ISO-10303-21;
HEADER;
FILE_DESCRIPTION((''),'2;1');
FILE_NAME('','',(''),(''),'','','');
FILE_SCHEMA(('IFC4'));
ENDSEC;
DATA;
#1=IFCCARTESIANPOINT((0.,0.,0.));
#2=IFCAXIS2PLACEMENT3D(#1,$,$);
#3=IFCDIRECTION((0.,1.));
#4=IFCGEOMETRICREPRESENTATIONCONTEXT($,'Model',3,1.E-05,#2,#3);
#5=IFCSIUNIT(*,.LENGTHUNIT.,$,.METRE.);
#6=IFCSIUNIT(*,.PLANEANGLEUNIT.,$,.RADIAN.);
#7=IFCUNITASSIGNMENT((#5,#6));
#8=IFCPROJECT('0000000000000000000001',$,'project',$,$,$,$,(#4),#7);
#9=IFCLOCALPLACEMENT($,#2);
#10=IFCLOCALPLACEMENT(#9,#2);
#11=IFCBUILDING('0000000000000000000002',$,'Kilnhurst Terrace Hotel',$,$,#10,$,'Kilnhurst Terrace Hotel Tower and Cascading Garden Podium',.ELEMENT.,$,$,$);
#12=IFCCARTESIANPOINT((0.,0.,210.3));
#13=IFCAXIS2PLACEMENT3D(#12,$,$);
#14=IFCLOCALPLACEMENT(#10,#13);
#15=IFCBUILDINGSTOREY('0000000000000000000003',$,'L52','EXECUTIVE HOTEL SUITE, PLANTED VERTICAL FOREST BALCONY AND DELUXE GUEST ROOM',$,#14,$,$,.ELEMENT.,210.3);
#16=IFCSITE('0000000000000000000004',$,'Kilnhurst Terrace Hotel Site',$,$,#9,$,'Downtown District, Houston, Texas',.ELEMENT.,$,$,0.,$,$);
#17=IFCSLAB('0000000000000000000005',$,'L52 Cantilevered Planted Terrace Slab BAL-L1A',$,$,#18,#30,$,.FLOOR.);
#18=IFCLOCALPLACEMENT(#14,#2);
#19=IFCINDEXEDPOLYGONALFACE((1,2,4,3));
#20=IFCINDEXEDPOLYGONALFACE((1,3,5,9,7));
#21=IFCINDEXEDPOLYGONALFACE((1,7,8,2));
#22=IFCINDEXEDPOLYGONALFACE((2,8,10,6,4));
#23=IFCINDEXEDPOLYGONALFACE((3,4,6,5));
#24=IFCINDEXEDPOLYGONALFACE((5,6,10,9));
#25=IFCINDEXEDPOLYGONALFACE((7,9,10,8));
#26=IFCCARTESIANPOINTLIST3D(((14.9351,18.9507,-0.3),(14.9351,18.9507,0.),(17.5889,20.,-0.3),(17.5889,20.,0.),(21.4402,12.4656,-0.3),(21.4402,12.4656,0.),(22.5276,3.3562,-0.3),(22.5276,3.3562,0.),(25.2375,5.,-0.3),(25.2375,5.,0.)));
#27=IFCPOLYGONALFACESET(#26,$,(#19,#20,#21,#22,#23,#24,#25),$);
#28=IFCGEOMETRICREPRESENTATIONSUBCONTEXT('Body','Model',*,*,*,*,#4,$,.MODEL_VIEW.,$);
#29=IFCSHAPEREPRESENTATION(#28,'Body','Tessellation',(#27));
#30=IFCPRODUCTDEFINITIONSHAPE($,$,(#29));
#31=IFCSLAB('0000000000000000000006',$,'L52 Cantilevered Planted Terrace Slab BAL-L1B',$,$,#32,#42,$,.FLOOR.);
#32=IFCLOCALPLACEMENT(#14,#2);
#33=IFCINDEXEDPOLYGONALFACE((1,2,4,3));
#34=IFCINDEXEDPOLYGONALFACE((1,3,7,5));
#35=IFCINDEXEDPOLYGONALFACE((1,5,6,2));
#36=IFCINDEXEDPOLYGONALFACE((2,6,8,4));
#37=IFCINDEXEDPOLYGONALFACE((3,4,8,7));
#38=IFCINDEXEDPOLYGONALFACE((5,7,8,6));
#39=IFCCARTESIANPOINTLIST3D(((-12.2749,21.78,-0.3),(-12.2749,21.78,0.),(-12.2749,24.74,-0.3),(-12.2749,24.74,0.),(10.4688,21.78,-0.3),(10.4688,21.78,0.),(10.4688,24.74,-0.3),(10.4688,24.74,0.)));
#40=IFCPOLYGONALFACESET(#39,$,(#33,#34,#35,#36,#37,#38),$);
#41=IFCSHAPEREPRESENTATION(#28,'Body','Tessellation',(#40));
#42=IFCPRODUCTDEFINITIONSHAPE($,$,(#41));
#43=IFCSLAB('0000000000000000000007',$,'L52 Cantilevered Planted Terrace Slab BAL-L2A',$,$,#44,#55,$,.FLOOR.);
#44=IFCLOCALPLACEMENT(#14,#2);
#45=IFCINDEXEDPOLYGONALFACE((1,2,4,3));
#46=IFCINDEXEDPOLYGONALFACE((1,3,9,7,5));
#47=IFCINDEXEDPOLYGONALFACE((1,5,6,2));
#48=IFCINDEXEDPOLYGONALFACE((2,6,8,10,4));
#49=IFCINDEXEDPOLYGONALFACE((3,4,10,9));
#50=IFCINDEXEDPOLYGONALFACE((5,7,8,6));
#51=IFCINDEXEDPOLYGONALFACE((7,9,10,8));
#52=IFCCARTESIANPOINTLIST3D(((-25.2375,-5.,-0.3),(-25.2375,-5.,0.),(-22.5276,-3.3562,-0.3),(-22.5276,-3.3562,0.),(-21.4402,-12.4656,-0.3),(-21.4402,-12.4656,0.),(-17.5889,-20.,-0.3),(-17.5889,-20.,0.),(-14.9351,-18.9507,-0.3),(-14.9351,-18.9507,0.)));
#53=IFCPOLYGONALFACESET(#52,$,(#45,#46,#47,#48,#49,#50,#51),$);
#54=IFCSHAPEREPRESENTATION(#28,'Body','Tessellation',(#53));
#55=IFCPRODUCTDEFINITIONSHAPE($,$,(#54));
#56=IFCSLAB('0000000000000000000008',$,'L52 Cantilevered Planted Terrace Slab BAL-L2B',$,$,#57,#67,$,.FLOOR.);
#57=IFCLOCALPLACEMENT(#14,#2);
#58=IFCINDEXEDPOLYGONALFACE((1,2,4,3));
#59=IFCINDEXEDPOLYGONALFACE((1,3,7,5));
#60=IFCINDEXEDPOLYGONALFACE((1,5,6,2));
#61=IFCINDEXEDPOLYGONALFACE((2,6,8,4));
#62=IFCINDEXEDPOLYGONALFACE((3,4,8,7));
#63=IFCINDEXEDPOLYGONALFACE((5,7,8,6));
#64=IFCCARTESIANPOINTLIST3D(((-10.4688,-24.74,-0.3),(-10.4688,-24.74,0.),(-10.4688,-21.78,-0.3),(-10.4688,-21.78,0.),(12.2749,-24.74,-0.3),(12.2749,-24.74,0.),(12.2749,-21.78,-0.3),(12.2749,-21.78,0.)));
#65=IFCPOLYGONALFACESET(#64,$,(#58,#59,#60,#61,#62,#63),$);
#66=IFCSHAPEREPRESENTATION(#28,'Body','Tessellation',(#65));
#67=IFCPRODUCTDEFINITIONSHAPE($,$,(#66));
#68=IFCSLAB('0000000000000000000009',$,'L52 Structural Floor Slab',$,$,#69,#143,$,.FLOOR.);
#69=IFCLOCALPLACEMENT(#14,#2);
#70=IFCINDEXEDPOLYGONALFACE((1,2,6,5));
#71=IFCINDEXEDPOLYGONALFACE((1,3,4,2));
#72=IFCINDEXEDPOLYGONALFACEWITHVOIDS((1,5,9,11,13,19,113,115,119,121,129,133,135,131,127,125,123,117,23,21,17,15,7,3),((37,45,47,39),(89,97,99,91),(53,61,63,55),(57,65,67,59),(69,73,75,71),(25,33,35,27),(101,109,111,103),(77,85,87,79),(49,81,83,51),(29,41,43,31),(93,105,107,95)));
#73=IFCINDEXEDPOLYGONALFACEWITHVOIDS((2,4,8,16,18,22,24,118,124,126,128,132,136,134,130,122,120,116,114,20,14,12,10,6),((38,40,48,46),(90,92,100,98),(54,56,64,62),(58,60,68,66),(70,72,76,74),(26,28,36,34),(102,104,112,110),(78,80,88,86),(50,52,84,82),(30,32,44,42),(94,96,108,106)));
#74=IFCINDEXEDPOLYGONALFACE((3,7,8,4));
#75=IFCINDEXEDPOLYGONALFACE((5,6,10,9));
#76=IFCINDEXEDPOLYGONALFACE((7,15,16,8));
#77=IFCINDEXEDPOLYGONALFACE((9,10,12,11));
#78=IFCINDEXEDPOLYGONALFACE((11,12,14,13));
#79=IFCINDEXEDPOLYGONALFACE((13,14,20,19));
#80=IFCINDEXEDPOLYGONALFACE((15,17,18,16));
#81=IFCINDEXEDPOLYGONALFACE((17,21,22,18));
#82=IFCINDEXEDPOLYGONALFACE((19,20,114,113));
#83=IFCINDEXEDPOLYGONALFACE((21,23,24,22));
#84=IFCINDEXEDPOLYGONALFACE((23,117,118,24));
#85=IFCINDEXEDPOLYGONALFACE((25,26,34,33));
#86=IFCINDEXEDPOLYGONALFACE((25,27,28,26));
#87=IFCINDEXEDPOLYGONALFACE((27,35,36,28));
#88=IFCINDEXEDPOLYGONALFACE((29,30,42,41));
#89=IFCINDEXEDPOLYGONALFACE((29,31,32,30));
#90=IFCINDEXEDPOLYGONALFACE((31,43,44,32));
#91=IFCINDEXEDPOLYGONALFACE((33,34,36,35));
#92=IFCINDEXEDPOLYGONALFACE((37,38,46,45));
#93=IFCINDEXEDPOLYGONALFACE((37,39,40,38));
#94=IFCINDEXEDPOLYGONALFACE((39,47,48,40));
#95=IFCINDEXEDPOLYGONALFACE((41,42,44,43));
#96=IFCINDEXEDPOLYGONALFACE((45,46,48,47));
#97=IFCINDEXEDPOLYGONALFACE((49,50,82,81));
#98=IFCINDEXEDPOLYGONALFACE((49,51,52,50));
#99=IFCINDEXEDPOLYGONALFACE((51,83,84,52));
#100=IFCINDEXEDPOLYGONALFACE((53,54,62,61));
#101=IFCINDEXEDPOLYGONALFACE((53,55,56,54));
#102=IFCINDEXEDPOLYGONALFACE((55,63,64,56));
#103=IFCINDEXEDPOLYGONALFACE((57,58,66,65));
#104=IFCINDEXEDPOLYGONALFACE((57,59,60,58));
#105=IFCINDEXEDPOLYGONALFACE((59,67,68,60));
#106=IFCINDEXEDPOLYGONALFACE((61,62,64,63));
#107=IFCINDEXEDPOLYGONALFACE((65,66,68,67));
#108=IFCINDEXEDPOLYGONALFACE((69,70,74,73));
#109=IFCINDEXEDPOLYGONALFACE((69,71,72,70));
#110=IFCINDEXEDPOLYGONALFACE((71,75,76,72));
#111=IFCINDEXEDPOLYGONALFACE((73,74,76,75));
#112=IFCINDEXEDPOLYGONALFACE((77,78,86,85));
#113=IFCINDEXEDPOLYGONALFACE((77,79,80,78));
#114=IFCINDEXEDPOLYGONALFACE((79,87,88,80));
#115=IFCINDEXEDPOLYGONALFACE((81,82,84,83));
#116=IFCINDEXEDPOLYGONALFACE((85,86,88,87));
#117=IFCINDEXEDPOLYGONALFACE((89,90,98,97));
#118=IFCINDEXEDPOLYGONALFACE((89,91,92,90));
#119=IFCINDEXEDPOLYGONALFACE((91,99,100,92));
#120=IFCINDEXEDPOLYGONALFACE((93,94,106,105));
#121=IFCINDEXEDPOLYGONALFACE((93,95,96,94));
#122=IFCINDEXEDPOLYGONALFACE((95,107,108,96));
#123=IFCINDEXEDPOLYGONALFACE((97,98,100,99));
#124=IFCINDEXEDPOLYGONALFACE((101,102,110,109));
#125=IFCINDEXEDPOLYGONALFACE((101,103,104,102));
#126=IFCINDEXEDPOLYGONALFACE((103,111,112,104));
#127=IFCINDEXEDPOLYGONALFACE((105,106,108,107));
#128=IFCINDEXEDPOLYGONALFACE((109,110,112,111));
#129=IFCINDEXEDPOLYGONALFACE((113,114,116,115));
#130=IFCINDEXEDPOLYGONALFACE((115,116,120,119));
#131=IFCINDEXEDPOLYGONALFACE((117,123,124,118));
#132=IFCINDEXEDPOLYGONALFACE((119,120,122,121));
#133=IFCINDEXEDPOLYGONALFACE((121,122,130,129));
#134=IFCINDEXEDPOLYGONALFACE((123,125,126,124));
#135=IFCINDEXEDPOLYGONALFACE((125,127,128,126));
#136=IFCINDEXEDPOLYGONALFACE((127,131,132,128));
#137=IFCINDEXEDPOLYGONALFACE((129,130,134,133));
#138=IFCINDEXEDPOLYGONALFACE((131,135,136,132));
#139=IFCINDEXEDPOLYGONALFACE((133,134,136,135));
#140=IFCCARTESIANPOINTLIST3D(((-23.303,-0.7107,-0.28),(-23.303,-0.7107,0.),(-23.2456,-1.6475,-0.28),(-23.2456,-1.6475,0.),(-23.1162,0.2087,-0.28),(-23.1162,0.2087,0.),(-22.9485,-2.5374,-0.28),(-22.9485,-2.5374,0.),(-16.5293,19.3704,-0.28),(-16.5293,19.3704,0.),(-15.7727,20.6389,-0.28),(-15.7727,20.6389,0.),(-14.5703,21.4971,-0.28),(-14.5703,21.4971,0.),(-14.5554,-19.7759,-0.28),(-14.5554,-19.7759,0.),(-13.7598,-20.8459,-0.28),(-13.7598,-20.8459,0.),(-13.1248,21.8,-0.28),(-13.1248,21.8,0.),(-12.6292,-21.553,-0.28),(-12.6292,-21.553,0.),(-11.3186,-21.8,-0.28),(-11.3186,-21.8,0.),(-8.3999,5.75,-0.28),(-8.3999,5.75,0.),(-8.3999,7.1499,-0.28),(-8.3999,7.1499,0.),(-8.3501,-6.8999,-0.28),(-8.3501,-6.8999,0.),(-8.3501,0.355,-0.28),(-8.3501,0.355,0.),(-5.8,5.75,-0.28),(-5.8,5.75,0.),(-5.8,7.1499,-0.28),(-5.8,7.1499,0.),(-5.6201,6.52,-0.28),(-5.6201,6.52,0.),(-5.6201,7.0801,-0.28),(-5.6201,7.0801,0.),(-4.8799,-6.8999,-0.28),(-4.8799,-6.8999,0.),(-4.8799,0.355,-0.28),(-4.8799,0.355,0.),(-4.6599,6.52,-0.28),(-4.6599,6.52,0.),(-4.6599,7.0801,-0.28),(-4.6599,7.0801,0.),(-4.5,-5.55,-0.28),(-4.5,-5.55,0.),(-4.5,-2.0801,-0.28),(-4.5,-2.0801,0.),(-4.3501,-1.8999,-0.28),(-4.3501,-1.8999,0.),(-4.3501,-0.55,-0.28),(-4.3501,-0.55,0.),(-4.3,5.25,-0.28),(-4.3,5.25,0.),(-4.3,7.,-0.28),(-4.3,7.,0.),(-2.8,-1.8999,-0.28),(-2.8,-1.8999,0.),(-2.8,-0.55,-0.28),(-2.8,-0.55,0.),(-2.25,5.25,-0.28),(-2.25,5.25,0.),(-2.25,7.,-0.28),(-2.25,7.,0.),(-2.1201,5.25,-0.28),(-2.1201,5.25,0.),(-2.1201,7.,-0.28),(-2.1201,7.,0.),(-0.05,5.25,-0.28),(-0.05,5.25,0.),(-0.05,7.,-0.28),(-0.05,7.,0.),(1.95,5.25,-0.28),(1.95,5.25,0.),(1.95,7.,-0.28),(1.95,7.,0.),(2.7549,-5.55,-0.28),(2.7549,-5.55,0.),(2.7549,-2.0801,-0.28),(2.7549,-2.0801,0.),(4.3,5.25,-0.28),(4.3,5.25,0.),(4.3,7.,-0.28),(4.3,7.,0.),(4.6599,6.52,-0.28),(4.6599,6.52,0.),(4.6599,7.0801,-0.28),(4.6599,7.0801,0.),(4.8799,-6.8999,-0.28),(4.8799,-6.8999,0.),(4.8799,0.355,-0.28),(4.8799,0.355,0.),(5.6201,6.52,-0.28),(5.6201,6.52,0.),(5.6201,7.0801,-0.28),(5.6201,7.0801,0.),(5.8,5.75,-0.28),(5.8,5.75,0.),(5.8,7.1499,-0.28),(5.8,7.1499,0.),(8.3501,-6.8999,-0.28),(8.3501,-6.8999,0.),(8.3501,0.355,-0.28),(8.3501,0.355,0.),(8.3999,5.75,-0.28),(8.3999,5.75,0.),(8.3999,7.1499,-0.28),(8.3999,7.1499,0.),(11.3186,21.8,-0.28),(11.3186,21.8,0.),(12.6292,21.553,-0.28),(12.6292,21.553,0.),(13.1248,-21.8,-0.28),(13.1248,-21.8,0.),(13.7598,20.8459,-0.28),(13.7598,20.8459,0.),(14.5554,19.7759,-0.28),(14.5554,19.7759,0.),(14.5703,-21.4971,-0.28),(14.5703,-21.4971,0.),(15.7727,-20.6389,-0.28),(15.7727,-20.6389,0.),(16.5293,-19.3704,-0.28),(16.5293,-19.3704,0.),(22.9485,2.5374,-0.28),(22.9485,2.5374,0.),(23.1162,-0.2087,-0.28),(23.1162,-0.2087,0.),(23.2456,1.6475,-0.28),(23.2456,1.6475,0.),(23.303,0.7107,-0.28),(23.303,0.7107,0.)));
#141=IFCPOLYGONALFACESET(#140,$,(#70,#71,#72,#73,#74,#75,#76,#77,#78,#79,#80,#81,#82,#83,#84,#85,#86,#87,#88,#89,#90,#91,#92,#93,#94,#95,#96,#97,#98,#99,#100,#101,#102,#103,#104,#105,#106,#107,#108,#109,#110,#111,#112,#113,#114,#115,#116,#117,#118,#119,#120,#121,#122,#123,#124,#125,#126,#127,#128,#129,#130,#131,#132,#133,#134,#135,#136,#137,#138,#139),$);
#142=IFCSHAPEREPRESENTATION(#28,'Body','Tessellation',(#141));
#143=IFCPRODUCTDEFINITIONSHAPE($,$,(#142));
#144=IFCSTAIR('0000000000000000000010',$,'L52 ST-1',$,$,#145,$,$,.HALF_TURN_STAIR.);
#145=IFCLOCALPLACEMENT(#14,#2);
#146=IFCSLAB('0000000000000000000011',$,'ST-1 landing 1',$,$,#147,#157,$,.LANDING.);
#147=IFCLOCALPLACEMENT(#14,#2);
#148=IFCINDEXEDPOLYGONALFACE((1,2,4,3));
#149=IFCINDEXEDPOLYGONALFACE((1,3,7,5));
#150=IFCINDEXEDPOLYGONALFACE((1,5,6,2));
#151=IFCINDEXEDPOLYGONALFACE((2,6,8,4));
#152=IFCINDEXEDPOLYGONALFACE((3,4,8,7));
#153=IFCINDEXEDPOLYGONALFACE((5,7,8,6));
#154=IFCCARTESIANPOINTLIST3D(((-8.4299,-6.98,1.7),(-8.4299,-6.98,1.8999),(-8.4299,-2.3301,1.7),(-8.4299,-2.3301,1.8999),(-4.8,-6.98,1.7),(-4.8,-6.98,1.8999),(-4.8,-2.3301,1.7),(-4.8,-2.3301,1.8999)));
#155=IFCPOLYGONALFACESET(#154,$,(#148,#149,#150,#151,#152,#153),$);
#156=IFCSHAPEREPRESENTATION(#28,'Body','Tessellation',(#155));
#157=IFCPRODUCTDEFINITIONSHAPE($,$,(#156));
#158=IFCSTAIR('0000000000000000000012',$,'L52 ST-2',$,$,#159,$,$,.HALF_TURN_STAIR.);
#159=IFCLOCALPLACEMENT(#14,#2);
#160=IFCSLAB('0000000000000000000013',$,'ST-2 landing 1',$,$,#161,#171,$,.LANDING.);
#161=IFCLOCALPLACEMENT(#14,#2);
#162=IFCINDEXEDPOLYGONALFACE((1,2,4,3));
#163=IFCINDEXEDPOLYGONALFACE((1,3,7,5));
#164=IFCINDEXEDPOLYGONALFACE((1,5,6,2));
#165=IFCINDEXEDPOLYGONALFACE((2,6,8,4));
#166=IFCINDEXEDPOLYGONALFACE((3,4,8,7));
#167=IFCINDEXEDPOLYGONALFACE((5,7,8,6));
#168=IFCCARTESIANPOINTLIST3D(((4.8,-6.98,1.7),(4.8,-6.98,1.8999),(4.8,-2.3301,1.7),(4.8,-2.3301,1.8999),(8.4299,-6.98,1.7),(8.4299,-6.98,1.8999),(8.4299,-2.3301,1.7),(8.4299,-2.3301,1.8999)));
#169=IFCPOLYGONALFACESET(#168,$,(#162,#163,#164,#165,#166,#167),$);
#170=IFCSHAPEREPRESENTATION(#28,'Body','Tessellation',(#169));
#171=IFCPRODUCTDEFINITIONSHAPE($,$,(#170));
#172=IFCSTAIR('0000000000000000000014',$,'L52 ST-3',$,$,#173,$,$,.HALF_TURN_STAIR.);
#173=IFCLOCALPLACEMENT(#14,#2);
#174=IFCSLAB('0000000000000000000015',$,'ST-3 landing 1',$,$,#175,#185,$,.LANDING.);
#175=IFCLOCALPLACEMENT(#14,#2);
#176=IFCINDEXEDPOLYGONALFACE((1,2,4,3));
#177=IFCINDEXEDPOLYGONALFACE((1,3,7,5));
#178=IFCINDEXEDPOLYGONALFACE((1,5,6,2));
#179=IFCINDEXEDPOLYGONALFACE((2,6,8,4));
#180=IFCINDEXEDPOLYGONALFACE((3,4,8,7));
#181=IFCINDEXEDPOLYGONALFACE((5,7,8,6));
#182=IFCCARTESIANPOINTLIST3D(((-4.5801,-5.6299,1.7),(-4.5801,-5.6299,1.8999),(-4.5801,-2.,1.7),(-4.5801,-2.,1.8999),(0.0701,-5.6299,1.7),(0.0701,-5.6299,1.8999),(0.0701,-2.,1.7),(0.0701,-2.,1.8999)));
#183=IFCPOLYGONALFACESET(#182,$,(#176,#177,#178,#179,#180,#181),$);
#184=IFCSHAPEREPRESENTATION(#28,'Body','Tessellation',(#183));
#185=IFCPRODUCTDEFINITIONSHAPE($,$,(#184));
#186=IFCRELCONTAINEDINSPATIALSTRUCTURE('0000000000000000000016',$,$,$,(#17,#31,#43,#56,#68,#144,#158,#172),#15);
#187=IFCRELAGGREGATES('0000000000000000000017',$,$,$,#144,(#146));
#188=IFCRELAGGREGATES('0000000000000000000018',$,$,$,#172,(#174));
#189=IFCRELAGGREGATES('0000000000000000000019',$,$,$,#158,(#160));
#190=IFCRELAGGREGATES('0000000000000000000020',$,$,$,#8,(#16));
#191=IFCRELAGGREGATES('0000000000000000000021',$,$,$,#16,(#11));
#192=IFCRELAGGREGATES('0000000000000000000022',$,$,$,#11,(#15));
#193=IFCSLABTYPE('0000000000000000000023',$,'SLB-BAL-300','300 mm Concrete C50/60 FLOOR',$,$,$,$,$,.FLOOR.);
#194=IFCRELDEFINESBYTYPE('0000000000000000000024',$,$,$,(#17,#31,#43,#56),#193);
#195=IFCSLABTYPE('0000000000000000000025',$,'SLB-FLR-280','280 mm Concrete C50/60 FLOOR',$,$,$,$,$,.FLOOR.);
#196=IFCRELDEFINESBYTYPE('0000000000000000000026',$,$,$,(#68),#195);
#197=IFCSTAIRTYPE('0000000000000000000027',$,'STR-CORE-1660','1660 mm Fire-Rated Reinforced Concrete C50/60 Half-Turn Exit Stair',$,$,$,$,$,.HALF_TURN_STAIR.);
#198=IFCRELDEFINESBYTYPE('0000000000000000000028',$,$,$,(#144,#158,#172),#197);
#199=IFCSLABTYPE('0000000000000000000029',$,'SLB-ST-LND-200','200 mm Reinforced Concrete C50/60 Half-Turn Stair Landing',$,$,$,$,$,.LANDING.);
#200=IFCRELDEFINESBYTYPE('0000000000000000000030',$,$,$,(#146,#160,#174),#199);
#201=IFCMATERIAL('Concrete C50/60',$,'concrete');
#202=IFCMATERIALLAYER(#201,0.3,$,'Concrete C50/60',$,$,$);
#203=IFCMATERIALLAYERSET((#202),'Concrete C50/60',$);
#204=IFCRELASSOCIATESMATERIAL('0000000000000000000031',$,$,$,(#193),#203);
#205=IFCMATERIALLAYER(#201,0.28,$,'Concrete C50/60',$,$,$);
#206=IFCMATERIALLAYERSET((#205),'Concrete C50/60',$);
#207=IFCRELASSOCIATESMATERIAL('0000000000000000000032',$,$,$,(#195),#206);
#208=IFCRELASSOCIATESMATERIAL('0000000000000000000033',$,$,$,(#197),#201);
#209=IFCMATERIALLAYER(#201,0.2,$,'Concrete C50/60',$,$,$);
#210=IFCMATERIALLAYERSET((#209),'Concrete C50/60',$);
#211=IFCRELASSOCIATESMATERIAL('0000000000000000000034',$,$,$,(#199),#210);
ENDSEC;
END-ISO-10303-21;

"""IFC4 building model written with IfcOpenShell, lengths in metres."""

from ifc_helpers import new_model, si_unit, direction, frame, origin, place, context, subcontext, project, spatial, polyline, outline, extrude, material, layer, layer_set, type_object, element, aggregate, save


model = new_model("IFC4")

# Units and contexts
model_context = context("Model", 3, precision=1e-05, world=origin(), true_north=direction((0.0, 1.0)))
body_context = subcontext(model_context, "Body", "Model", "MODEL_VIEW")
ifc_project = project(units=[si_unit("LENGTHUNIT", "METRE"), si_unit("PLANEANGLEUNIT", "RADIAN")], contexts=[model_context])

# Site, building, storey
site_placement = place(None, origin())
site = spatial("IfcSite", under=ifc_project, at=site_placement, Name="Kilnhurst Terrace Hotel Site", LongName="Downtown District, Houston, Texas", CompositionType="ELEMENT", RefElevation=0.0)
building_placement = place(site_placement, origin())
building = spatial("IfcBuilding", under=site, at=building_placement, Name="Kilnhurst Terrace Hotel", LongName="Kilnhurst Terrace Hotel Tower and Cascading Garden Podium", CompositionType="ELEMENT")
storey_placement = place(building_placement, frame((0.0, 0.0, 210.3)))
storey = spatial("IfcBuildingStorey", under=building, at=storey_placement, Name="L52", Description="EXECUTIVE HOTEL SUITE, PLANTED VERTICAL FOREST BALCONY AND DELUXE GUEST ROOM", CompositionType="ELEMENT", Elevation=210.3)

# Slabs
ifc_material_1 = material(Name="Concrete C50/60", Category="concrete")
ifc_layer_1 = layer(ifc_material_1, 0.3, Name="Concrete C50/60")
ifc_layer_set_1 = layer_set([ifc_layer_1], Name="Concrete C50/60")
slab_type_1 = type_object("IfcSlabType", Name="SLB-BAL-300", Description="300 mm Concrete C50/60 FLOOR", PredefinedType="FLOOR", material=ifc_layer_set_1)
slab_1_placement = place(storey_placement, frame((0.0, 0.0, -0.3)))
element("IfcSlab", 1, at=slab_1_placement, inside=storey, type_object=slab_type_1, Name="L52 Cantilevered Planted Terrace Slab BAL-L1A", PredefinedType="FLOOR", context=body_context, shape_type="SweptSolid", body=[
    extrude(outline(polyline([(21.4402, 12.4656), (25.2375, 5.0), (22.5276, 3.3562), (14.9351, 18.9507), (17.5889, 20.0), (21.4402, 12.4656)])), origin(), (0.0, 0.0, 1.0), 0.3),
])
slab_2_placement = place(storey_placement, frame((0.0, 0.0, -0.3)))
element("IfcSlab", 2, at=slab_2_placement, inside=storey, type_object=slab_type_1, Name="L52 Cantilevered Planted Terrace Slab BAL-L1B", PredefinedType="FLOOR", context=body_context, shape_type="SweptSolid", body=[
    extrude(outline(polyline([(-12.2749, 21.78), (-12.2749, 24.74), (10.4688, 24.74), (10.4688, 21.78), (-12.2749, 21.78)])), origin(), (0.0, 0.0, 1.0), 0.3),
])
slab_3_placement = place(storey_placement, frame((0.0, 0.0, -0.3)))
element("IfcSlab", 3, at=slab_3_placement, inside=storey, type_object=slab_type_1, Name="L52 Cantilevered Planted Terrace Slab BAL-L2A", PredefinedType="FLOOR", context=body_context, shape_type="SweptSolid", body=[
    extrude(outline(polyline([(-25.2375, -5.0), (-22.5276, -3.3562), (-14.9351, -18.9507), (-17.5889, -20.0), (-21.4402, -12.4656), (-25.2375, -5.0)])), origin(), (0.0, 0.0, 1.0), 0.3),
])
slab_4_placement = place(storey_placement, frame((0.0, 0.0, -0.3)))
element("IfcSlab", 4, at=slab_4_placement, inside=storey, type_object=slab_type_1, Name="L52 Cantilevered Planted Terrace Slab BAL-L2B", PredefinedType="FLOOR", context=body_context, shape_type="SweptSolid", body=[
    extrude(outline(polyline([(12.2749, -21.78), (12.2749, -24.74), (-10.4688, -24.74), (-10.4688, -21.78), (12.2749, -21.78)])), origin(), (0.0, 0.0, 1.0), 0.3),
])
ifc_layer_2 = layer(ifc_material_1, 0.28, Name="Concrete C50/60")
ifc_layer_set_2 = layer_set([ifc_layer_2], Name="Concrete C50/60")
slab_type_2 = type_object("IfcSlabType", Name="SLB-FLR-280", Description="280 mm Concrete C50/60 FLOOR", PredefinedType="FLOOR", material=ifc_layer_set_2)
slab_5_placement = place(storey_placement, frame((0.0, 0.0, -0.28)))
element("IfcSlab", 5, at=slab_5_placement, inside=storey, type_object=slab_type_2, Name="L52 Structural Floor Slab", PredefinedType="FLOOR", context=body_context, shape_type="SweptSolid", body=[
    extrude(outline(polyline([(-14.5554, -19.7759), (-13.7598, -20.8459), (-12.6292, -21.553), (-11.3186, -21.8), (13.1248, -21.8), (14.5703, -21.4971), (15.7727, -20.6389), (16.5293, -19.3704), (23.1162, -0.2087), (23.303, 0.7107), (23.2456, 1.6475), (22.9485, 2.5374), (14.5554, 19.7759), (13.7598, 20.8459), (12.6292, 21.553), (11.3186, 21.8), (-13.1248, 21.8), (-14.5703, 21.4971), (-15.7727, 20.6389), (-16.5293, 19.3704), (-23.1162, 0.2087), (-23.303, -0.7107), (-23.2456, -1.6475), (-22.9485, -2.5374), (-14.5554, -19.7759)]), holes=[polyline([(-8.3501, 0.355), (-4.8799, 0.355), (-4.8799, -6.8999), (-8.3501, -6.8999), (-8.3501, 0.355)]), polyline([(-2.8, -1.8999), (-4.3501, -1.8999), (-4.3501, -0.55), (-2.8, -0.55), (-2.8, -1.8999)]), polyline([(-2.25, 5.25), (-4.3, 5.25), (-4.3, 7.0), (-2.25, 7.0), (-2.25, 5.25)]), polyline([(-2.1201, 5.25), (-2.1201, 7.0), (-0.05, 7.0), (-0.05, 5.25), (-2.1201, 5.25)]), polyline([(-8.3999, 5.75), (-8.3999, 7.1499), (-5.8, 7.1499), (-5.8, 5.75), (-8.3999, 5.75)]), polyline([(-4.6599, 6.52), (-5.6201, 6.52), (-5.6201, 7.0801), (-4.6599, 7.0801), (-4.6599, 6.52)]), polyline([(2.7549, -5.55), (-4.5, -5.55), (-4.5, -2.0801), (2.7549, -2.0801), (2.7549, -5.55)]), polyline([(8.3501, 0.355), (8.3501, -6.8999), (4.8799, -6.8999), (4.8799, 0.355), (8.3501, 0.355)]), polyline([(4.3, 5.25), (1.95, 5.25), (1.95, 7.0), (4.3, 7.0), (4.3, 5.25)]), polyline([(5.8, 5.75), (5.8, 7.1499), (8.3999, 7.1499), (8.3999, 5.75), (5.8, 5.75)]), polyline([(4.6599, 6.52), (4.6599, 7.0801), (5.6201, 7.0801), (5.6201, 6.52), (4.6599, 6.52)])]), origin(), (0.0, 0.0, 1.0), 0.28),
])

# Stairs, slabs
stair_type = type_object("IfcStairType", Name="STR-CORE-1660", Description="1660 mm Fire-Rated Reinforced Concrete C50/60 Half-Turn Exit Stair", PredefinedType="HALF_TURN_STAIR", material=ifc_material_1)
stair_1_placement = place(storey_placement, origin())
stair_1 = element("IfcStair", 6, at=stair_1_placement, inside=storey, type_object=stair_type, Name="L52 ST-1", PredefinedType="HALF_TURN_STAIR")
ifc_layer_3 = layer(ifc_material_1, 0.2, Name="Concrete C50/60")
ifc_layer_set_3 = layer_set([ifc_layer_3], Name="Concrete C50/60")
slab_type_3 = type_object("IfcSlabType", Name="SLB-ST-LND-200", Description="200 mm Reinforced Concrete C50/60 Half-Turn Stair Landing", PredefinedType="LANDING", material=ifc_layer_set_3)
slab_6_placement = place(storey_placement, frame((0.0, 0.0, 1.7)))
slab_6 = element("IfcSlab", 7, at=slab_6_placement, type_object=slab_type_3, Name="ST-1 landing 1", PredefinedType="LANDING", context=body_context, shape_type="SweptSolid", body=[
    extrude(outline(polyline([(-8.4299, -2.3301), (-4.8, -2.3301), (-4.8, -6.98), (-8.4299, -6.98), (-8.4299, -2.3301)])), origin(), (0.0, 0.0, 1.0), 0.2),
])
aggregate(stair_1, [slab_6])
stair_2_placement = place(storey_placement, origin())
stair_2 = element("IfcStair", 8, at=stair_2_placement, inside=storey, type_object=stair_type, Name="L52 ST-2", PredefinedType="HALF_TURN_STAIR")
slab_7_placement = place(storey_placement, frame((0.0, 0.0, 1.7)))
slab_7 = element("IfcSlab", 9, at=slab_7_placement, type_object=slab_type_3, Name="ST-2 landing 1", PredefinedType="LANDING", context=body_context, shape_type="SweptSolid", body=[
    extrude(outline(polyline([(4.8, -2.3301), (8.4299, -2.3301), (8.4299, -6.98), (4.8, -6.98), (4.8, -2.3301)])), origin(), (0.0, 0.0, 1.0), 0.2),
])
stair_3_placement = place(storey_placement, origin())
stair_3 = element("IfcStair", 10, at=stair_3_placement, inside=storey, type_object=stair_type, Name="L52 ST-3", PredefinedType="HALF_TURN_STAIR")
slab_8_placement = place(storey_placement, frame((0.0, 0.0, 1.7)))
slab_8 = element("IfcSlab", 11, at=slab_8_placement, type_object=slab_type_3, Name="ST-3 landing 1", PredefinedType="LANDING", context=body_context, shape_type="SweptSolid", body=[
    extrude(outline(polyline([(0.0701, -2.0), (0.0701, -5.6299), (-4.5801, -5.6299), (-4.5801, -2.0), (0.0701, -2.0)])), origin(), (0.0, 0.0, 1.0), 0.2),
])
aggregate(stair_3, [slab_8])

aggregate(stair_2, [slab_7])

save(model, "model.ifc")
